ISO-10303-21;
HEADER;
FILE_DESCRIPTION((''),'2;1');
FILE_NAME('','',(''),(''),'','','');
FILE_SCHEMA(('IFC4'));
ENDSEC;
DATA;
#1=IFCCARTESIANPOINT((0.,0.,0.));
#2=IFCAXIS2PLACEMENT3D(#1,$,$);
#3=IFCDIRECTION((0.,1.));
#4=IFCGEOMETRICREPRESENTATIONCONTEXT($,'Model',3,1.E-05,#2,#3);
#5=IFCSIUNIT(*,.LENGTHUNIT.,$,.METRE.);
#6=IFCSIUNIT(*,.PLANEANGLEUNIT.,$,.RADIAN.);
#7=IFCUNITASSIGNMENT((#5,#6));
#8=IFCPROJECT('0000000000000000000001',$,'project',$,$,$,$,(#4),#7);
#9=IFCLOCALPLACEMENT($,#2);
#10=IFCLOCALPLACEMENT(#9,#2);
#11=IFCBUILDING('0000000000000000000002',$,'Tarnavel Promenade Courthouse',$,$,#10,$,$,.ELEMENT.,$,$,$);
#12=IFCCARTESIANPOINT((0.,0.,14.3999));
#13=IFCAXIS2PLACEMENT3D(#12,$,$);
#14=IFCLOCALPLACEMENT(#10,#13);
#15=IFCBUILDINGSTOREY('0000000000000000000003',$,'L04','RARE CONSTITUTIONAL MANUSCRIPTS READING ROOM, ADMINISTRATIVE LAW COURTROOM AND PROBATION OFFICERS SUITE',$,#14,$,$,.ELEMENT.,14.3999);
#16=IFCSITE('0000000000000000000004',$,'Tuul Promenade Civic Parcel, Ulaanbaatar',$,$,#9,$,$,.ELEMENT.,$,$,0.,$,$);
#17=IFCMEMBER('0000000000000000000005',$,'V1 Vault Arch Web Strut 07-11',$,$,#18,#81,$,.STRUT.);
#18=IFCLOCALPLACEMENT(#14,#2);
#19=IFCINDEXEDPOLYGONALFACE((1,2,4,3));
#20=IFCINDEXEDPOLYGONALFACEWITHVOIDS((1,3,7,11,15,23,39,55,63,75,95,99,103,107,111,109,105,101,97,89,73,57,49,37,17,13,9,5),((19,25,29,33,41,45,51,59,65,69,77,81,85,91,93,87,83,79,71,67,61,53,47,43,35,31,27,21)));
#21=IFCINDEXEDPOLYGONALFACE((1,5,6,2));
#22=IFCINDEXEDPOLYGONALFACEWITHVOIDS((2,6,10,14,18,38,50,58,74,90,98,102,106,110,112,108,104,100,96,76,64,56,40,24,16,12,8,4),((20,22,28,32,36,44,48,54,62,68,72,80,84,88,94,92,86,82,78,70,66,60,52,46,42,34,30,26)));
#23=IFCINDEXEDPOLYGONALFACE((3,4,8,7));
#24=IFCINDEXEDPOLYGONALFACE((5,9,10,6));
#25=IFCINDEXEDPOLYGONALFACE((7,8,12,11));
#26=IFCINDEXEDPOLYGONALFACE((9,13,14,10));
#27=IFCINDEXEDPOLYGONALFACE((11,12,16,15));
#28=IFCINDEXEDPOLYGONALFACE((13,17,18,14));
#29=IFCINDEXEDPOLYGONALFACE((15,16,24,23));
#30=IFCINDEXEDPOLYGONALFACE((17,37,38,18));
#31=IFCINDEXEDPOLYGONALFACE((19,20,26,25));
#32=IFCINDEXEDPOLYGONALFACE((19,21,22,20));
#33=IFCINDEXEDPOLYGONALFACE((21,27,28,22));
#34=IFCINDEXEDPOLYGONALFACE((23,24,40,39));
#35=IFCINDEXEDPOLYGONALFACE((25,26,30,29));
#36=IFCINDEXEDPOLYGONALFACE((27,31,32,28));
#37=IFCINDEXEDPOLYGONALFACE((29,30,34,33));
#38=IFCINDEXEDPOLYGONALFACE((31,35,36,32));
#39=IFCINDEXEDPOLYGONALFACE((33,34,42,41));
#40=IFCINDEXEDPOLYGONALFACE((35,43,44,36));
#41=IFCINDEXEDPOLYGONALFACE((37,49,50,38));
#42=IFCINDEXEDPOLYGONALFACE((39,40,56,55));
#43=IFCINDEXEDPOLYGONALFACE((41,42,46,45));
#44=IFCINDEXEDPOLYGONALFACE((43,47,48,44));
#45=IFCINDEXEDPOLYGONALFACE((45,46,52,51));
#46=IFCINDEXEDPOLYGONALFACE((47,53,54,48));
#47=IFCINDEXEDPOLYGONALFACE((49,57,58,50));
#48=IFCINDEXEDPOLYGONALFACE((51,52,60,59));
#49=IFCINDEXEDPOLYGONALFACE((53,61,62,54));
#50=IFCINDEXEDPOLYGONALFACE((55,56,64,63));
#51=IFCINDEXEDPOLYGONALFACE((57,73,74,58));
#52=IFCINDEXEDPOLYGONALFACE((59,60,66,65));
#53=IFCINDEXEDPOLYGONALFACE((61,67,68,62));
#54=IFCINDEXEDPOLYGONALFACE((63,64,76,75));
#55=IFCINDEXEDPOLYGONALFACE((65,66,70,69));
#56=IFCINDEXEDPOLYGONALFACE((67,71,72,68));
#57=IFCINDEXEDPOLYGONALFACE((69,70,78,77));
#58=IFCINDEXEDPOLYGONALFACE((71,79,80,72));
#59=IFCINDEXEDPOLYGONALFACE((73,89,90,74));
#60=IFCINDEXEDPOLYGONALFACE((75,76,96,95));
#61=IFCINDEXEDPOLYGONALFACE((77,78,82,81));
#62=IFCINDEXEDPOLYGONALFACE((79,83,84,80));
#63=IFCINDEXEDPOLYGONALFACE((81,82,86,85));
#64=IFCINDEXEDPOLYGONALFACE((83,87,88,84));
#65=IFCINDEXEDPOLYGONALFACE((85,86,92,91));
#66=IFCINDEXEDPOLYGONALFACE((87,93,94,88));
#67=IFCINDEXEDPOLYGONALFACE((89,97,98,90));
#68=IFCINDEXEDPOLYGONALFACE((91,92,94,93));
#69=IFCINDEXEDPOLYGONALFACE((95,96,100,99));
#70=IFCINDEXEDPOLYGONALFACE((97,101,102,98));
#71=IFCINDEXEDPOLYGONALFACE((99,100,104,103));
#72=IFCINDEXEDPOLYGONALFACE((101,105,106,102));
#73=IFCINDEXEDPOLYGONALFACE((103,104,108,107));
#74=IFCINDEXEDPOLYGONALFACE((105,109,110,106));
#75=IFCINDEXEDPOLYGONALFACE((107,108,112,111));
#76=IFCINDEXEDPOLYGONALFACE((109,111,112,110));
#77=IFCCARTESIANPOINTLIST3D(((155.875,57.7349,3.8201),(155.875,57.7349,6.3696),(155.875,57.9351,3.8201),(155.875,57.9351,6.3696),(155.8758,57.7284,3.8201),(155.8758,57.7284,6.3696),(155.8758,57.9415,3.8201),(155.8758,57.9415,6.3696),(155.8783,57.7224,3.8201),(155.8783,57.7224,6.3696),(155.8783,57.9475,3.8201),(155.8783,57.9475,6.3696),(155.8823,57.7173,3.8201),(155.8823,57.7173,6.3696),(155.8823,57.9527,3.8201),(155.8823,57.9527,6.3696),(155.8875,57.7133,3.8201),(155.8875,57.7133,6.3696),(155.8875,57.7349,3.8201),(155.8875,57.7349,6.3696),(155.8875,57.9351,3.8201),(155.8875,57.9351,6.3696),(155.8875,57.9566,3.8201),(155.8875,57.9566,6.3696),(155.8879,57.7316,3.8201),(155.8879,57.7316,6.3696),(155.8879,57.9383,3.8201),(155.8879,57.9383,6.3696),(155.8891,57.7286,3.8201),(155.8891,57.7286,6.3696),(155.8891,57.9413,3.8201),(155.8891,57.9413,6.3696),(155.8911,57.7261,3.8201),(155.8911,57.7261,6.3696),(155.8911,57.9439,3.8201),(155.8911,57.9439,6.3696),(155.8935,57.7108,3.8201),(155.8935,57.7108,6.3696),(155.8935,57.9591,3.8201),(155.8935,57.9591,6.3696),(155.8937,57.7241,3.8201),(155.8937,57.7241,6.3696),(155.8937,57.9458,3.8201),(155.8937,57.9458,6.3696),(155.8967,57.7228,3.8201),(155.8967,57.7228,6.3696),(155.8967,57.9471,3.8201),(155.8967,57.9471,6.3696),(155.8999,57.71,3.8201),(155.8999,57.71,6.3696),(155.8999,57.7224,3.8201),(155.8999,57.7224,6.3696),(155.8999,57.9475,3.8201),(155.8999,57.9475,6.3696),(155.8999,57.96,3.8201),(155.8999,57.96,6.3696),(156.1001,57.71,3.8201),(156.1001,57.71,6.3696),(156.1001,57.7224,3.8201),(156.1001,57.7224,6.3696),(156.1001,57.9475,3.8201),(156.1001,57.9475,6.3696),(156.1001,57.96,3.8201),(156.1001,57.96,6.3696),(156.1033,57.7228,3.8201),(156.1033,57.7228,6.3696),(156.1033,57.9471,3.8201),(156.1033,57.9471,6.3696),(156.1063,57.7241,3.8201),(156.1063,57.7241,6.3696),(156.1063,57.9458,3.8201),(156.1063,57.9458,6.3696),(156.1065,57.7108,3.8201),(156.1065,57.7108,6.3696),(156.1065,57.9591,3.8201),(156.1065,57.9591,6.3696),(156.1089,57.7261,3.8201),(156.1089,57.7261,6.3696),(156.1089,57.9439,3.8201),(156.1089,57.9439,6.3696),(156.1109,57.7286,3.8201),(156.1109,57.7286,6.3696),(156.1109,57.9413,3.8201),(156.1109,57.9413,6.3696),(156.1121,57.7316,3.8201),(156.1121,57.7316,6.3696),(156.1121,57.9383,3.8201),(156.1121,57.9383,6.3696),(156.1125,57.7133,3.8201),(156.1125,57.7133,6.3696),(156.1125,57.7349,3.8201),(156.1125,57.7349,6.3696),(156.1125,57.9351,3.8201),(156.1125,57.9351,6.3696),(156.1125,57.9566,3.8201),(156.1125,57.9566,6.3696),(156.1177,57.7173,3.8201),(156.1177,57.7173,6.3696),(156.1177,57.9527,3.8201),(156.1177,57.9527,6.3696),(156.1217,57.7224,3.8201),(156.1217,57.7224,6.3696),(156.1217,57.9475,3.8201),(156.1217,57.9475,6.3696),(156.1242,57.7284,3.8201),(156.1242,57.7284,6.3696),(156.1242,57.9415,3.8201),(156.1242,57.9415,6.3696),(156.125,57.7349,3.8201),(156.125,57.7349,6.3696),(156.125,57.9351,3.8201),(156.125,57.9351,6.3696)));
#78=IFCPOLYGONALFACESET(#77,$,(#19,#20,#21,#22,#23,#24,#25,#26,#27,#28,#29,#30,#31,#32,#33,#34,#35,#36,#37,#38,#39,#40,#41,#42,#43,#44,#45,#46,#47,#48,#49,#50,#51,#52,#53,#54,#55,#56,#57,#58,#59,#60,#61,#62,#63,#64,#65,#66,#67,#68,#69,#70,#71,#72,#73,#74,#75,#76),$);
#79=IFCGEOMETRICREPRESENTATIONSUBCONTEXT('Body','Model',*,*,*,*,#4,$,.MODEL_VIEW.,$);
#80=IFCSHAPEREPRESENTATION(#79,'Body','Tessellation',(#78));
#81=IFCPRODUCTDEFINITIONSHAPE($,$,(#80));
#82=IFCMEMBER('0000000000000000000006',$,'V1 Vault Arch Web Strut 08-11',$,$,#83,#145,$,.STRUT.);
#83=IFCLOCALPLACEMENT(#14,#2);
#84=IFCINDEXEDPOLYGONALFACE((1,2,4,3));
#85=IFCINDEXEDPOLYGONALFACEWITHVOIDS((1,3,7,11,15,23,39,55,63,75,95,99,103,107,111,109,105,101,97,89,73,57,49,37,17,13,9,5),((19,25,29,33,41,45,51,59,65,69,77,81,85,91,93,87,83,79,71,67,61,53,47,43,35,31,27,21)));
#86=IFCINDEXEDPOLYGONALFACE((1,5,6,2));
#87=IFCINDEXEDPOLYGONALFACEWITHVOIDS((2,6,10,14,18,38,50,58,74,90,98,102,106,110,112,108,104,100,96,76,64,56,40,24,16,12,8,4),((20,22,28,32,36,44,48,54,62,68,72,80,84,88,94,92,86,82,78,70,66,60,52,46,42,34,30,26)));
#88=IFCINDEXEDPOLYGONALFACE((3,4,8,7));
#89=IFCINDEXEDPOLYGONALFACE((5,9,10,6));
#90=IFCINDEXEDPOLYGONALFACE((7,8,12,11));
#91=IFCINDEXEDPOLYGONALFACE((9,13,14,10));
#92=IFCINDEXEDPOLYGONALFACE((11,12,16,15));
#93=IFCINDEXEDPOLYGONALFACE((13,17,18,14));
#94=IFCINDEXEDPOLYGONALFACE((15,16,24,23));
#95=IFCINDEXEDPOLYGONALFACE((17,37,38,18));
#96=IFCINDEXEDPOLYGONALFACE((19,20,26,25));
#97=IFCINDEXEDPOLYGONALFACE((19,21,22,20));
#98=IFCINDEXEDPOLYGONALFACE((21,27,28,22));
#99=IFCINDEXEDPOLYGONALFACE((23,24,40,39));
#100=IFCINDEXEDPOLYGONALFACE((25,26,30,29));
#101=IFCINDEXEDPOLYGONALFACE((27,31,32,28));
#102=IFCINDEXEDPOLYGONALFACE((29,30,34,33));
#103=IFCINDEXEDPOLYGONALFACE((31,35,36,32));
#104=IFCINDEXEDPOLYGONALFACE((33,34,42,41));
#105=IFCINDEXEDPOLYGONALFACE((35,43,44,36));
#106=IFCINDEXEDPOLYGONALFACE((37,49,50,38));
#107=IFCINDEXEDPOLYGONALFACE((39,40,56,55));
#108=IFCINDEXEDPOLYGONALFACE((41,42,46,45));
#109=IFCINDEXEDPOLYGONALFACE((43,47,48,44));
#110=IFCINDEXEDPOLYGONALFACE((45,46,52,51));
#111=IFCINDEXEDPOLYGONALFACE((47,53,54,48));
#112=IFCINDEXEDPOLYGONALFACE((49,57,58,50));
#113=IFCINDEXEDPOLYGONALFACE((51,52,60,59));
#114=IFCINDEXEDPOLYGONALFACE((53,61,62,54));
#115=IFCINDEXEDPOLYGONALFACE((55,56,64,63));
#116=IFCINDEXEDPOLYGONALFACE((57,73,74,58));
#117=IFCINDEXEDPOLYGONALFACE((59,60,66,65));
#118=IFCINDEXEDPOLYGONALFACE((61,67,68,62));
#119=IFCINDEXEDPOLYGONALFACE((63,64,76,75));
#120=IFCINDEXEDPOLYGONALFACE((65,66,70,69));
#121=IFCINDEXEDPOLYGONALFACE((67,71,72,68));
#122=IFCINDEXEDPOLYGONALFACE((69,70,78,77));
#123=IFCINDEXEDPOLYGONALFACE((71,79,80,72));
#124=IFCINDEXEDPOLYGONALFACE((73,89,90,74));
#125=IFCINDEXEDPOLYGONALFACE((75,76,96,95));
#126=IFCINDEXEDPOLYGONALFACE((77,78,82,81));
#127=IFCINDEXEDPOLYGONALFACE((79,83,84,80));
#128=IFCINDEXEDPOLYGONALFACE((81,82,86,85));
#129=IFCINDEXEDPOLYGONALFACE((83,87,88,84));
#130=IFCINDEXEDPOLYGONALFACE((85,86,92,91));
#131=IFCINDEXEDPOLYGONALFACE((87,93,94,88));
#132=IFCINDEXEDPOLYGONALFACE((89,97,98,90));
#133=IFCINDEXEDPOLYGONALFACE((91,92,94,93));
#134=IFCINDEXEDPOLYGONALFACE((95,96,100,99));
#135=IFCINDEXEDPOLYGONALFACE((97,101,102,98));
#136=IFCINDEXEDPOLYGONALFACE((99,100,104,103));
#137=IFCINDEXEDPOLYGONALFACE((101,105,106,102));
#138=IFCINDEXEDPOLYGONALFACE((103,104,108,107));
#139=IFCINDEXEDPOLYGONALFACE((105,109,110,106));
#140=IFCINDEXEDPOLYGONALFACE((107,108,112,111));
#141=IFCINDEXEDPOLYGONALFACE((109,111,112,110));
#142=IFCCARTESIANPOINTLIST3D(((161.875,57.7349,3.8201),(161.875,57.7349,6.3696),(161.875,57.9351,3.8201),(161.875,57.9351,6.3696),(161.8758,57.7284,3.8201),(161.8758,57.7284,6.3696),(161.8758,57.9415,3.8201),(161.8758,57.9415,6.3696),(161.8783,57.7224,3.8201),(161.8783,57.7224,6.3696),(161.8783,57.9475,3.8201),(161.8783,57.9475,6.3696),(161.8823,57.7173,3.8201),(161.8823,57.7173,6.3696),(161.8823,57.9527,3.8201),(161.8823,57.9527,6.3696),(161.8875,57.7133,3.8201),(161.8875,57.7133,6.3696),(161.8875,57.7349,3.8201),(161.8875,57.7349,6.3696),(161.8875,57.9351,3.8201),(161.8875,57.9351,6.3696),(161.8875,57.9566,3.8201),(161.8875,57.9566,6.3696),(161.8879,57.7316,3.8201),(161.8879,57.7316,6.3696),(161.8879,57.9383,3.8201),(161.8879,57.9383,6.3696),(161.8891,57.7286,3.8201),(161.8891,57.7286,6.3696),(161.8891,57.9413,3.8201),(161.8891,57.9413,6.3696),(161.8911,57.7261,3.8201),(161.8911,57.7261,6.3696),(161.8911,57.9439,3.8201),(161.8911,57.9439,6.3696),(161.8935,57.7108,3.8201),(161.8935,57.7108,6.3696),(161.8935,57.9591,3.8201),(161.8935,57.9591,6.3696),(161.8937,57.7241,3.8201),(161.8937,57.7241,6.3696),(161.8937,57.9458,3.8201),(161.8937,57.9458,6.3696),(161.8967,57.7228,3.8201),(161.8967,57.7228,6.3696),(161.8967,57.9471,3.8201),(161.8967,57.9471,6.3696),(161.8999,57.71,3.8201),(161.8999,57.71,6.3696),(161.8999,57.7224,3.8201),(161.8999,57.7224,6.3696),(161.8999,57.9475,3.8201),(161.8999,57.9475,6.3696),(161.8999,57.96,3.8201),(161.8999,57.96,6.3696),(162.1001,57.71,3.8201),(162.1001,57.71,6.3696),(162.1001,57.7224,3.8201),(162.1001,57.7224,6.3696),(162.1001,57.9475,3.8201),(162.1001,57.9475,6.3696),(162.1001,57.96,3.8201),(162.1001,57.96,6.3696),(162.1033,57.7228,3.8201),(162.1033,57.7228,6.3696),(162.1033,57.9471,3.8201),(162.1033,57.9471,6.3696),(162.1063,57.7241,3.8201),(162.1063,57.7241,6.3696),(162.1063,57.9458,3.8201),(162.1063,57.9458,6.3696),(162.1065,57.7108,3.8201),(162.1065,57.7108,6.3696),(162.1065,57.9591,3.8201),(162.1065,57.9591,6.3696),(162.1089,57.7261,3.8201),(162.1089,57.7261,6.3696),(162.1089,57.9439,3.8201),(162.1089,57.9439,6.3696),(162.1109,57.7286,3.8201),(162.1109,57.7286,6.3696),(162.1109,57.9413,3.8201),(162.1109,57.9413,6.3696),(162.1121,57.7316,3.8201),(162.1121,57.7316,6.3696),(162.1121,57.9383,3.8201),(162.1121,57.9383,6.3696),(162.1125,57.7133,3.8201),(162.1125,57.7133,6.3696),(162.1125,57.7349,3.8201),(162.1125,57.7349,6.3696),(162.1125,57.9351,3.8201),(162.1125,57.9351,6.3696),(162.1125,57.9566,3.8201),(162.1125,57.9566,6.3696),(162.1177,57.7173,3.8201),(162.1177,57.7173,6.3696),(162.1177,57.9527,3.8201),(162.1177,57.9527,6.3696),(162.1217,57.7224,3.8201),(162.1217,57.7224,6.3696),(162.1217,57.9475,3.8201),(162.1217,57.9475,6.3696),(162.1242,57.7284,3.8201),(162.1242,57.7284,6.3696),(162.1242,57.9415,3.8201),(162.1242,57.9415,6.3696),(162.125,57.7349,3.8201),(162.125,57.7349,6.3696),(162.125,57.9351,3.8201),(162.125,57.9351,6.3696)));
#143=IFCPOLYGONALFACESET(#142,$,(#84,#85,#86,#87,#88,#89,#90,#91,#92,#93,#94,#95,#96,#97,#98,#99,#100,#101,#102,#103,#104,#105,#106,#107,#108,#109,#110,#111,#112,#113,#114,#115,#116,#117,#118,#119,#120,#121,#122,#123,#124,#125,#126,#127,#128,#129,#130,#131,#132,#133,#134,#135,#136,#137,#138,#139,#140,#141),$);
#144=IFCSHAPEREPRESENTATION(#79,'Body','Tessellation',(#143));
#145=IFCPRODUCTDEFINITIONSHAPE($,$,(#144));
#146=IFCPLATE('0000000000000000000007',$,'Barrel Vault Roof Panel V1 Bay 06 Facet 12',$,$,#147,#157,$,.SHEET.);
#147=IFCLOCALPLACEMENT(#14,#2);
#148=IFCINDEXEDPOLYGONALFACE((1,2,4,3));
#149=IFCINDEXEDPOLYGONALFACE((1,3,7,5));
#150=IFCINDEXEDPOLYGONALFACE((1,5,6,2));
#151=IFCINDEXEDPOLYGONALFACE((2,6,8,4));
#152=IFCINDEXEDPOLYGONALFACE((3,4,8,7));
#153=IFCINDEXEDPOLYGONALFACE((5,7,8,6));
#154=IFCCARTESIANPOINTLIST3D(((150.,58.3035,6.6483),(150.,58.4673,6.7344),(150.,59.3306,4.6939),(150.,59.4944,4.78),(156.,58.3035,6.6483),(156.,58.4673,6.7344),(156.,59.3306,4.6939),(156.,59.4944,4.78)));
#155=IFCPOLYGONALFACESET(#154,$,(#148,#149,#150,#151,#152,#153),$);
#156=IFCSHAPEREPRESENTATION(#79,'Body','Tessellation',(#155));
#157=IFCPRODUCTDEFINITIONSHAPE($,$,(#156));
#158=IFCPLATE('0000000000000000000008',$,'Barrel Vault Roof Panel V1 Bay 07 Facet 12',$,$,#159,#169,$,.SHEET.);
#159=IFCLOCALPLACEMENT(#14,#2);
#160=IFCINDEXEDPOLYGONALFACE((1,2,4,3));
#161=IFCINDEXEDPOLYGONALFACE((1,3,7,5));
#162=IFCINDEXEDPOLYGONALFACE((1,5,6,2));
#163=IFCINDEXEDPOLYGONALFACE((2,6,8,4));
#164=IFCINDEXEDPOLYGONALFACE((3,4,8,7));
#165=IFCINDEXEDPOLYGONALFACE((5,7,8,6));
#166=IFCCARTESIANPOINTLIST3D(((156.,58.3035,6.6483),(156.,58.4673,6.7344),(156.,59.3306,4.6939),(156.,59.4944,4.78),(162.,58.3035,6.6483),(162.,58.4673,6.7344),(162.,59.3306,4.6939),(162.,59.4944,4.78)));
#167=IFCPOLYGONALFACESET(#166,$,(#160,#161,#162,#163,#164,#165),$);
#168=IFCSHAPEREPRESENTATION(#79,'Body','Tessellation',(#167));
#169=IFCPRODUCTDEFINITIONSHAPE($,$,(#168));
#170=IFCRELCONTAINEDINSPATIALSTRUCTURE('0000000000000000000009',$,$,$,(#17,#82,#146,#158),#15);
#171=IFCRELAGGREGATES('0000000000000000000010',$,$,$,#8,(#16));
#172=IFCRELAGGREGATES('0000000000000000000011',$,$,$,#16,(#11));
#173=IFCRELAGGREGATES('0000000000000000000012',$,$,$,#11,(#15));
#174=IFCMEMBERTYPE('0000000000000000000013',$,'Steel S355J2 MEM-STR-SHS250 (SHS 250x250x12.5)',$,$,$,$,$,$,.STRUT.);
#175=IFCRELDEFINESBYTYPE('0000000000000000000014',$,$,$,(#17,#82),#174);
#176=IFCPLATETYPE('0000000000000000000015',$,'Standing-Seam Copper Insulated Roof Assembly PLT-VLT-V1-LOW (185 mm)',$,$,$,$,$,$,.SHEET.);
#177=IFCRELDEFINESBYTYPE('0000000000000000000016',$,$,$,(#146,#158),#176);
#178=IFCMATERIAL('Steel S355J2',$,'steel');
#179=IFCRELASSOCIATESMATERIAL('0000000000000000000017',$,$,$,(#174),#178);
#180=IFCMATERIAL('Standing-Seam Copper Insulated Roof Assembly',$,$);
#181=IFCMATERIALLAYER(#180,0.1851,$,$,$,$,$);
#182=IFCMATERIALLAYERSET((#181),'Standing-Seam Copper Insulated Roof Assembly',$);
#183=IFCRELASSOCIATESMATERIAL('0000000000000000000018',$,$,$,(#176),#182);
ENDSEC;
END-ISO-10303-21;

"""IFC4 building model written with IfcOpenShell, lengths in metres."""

from ifc_helpers import new_model, si_unit, direction, frame, origin, origin_2d, place, context, subcontext, project, spatial, polyline, hollow_rectangle, outline, extrude, material, layer, layer_set, material_profile, profile_set, type_object, element, save


model = new_model("IFC4")

# Units and contexts
model_context = context("Model", 3, precision=1e-05, world=origin(), true_north=direction((0.0, 1.0)))
body_context = subcontext(model_context, "Body", "Model", "MODEL_VIEW")
ifc_project = project(units=[si_unit("LENGTHUNIT", "METRE"), si_unit("PLANEANGLEUNIT", "RADIAN")], contexts=[model_context])

# Site, building, storey
site_placement = place(None, origin())
site = spatial("IfcSite", under=ifc_project, at=site_placement, Name="Tuul Promenade Civic Parcel, Ulaanbaatar", CompositionType="ELEMENT", RefElevation=0.0)
building_placement = place(site_placement, origin())
building = spatial("IfcBuilding", under=site, at=building_placement, Name="Tarnavel Promenade Courthouse", CompositionType="ELEMENT")
storey_placement = place(building_placement, frame((0.0, 0.0, 14.3999)))
storey = spatial("IfcBuildingStorey", under=building, at=storey_placement, Name="L04", Description="RARE CONSTITUTIONAL MANUSCRIPTS READING ROOM, ADMINISTRATIVE LAW COURTROOM AND PROBATION OFFICERS SUITE", CompositionType="ELEMENT", Elevation=14.3999)

# Shared definitions
ifc_material_1 = material(Name="Steel S355J2", Category="steel")

# Members
ifc_material_profile_1 = material_profile(ifc_material_1, hollow_rectangle(XDim=0.25, YDim=0.25, WallThickness=0.0125, InnerFilletRadius=0.0125, OuterFilletRadius=0.0249, at=origin_2d()), Name="SHS 250x250x12.5")
ifc_profile_set_1 = profile_set([ifc_material_profile_1], Name="Steel S355J2")
member_type_1 = type_object("IfcMemberType", Name="Steel S355J2 MEM-STR-SHS250 (SHS 250x250x12.5)", PredefinedType="STRUT", material=ifc_profile_set_1)
for number, where, z_axis, x_axis, name in (
    (1, (156.0, 57.835, 3.8201), (0.0, 0.0, 1.0), (1.0, 0.0, 0.0), "V1 Vault Arch Web Strut 07-11"),
    (2, (162.0, 57.835, 3.8201), (0.0, 0.0, 1.0), (1.0, 0.0, 0.0), "V1 Vault Arch Web Strut 08-11"),
):
    element("IfcMember", number, at=place(storey_placement, frame(where, z_axis=z_axis, x_axis=x_axis)), inside=storey, type_object=member_type_1, Name=name, PredefinedType="STRUT", context=body_context, shape_type="SweptSolid", body=[
        extrude(hollow_rectangle(XDim=0.25, YDim=0.25, WallThickness=0.0125, InnerFilletRadius=0.0125, OuterFilletRadius=0.0249, at=origin_2d()), origin(), (0.0, 0.0, 1.0), 2.5496),
    ])

# Plates
ifc_material_2 = material(Name="Standing-Seam Copper Insulated Roof Assembly")
ifc_layer_1 = layer(ifc_material_2, 0.1851)
ifc_layer_set_1 = layer_set([ifc_layer_1], Name="Standing-Seam Copper Insulated Roof Assembly")
plate_type = type_object("IfcPlateType", Name="Standing-Seam Copper Insulated Roof Assembly PLT-VLT-V1-LOW (185 mm)", PredefinedType="SHEET", material=ifc_layer_set_1)
for number, where, z_axis, x_axis, name in (
    (3, (150.0, 58.4673, 6.7344), (0.0, 0.885199, 0.465213), (1.0, 0.0, 0.0), "Barrel Vault Roof Panel V1 Bay 06 Facet 12"),
    (4, (156.0, 58.4673, 6.7344), (0.0, 0.885199, 0.465213), (1.0, 0.0, 0.0), "Barrel Vault Roof Panel V1 Bay 07 Facet 12"),
):
    element("IfcPlate", number, at=place(storey_placement, frame(where, z_axis=z_axis, x_axis=x_axis)), inside=storey, type_object=plate_type, Name=name, PredefinedType="SHEET", context=body_context, shape_type="SweptSolid", body=[
        extrude(outline(polyline([(0.0, 0.0), (6.0, 0.0), (6.0, 2.2078), (0.0, 2.2078), (0.0, 0.0)])), origin(), (0.0, 0.0, -1.0), 0.1851),
    ])

save(model, "model.ifc")
